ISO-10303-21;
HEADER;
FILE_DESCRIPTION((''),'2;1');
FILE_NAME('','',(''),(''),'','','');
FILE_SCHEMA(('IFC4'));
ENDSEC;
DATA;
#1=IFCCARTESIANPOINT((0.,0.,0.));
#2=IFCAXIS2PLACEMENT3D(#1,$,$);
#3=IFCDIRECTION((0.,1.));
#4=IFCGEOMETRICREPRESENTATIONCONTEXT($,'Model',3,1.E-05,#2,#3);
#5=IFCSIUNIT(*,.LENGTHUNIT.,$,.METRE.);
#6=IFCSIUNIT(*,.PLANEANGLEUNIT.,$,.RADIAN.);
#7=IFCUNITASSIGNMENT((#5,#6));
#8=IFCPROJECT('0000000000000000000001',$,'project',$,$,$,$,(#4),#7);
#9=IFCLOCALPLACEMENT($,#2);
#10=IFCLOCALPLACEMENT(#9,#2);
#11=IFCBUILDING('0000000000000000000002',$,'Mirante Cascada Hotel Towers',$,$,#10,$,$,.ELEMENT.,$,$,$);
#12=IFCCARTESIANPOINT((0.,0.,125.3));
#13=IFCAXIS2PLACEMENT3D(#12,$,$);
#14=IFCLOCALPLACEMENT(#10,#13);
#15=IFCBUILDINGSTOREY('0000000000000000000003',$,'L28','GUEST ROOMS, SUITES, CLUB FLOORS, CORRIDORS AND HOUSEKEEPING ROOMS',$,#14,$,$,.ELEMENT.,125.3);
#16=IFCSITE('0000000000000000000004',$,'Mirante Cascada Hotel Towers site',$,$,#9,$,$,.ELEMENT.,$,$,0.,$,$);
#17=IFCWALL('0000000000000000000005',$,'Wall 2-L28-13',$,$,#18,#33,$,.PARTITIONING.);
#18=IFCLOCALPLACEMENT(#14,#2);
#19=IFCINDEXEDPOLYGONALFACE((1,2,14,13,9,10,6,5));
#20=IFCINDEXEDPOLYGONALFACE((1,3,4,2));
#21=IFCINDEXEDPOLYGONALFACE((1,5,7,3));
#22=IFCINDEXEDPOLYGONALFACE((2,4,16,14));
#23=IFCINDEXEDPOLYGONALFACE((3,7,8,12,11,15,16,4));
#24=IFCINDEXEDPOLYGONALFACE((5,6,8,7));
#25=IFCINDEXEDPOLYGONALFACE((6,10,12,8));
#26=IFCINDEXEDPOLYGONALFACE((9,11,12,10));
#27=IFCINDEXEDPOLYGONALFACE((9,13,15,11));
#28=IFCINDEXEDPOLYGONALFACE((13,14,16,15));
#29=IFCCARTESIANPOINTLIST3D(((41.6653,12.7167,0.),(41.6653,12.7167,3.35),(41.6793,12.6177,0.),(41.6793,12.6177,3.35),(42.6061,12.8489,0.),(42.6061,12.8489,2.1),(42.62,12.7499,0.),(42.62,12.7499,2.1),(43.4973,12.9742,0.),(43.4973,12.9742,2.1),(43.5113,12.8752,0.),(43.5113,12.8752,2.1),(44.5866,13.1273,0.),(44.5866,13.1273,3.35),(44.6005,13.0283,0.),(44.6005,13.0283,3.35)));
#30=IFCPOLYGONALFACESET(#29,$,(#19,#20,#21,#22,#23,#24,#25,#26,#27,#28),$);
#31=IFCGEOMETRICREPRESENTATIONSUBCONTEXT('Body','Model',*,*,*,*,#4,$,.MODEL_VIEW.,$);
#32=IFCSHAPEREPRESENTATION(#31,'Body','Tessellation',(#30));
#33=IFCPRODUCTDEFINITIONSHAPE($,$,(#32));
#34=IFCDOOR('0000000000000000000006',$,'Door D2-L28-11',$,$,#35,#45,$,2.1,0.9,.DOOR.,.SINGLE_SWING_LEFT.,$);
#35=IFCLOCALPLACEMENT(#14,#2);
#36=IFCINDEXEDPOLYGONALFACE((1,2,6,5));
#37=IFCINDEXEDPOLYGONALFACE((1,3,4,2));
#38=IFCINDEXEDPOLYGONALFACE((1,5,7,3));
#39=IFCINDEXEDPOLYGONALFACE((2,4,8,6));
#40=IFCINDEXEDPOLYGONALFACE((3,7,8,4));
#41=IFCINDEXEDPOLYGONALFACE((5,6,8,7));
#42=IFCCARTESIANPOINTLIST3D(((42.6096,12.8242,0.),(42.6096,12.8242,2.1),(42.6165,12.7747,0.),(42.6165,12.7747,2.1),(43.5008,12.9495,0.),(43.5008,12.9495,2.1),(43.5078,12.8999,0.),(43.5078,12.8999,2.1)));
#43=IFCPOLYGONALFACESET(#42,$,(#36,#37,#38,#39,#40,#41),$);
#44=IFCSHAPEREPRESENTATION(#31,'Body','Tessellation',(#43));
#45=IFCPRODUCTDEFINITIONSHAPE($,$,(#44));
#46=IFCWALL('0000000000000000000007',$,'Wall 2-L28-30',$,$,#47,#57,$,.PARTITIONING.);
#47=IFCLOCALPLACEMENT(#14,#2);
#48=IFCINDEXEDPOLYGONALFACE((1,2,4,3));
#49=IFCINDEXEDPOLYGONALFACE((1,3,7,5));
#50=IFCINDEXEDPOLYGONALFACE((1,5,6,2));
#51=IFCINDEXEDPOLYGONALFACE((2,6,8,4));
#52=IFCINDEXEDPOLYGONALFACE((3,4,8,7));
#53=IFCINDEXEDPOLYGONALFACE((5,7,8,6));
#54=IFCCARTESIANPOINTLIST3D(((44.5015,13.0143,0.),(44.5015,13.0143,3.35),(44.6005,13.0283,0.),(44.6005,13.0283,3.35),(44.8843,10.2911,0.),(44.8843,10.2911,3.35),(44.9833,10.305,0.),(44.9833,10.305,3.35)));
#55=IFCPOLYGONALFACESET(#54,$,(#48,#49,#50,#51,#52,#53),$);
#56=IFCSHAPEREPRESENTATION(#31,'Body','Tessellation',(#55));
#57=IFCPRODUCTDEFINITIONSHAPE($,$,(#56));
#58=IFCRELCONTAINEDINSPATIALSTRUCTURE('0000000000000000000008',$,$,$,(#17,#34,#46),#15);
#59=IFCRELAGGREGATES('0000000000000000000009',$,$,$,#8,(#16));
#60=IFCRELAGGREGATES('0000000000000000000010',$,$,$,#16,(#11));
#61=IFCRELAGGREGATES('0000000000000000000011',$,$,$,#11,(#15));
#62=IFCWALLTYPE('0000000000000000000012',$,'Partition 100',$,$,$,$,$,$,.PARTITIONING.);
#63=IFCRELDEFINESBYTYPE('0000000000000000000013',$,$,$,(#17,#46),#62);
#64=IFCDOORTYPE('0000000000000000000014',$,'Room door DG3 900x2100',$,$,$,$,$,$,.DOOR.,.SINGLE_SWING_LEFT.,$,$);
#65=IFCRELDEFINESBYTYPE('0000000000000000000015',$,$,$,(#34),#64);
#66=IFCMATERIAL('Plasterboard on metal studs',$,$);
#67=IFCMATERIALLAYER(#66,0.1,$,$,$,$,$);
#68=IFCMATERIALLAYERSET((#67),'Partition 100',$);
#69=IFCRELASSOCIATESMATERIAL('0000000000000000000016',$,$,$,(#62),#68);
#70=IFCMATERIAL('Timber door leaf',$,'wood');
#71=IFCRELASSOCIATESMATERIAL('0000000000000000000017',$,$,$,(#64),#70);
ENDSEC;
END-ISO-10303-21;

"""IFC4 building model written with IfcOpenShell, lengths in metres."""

from ifc_helpers import new_model, si_unit, direction, frame, frame_2d, origin, place, context, subcontext, project, spatial, rectangle, extrude, material, layer, layer_set, type_object, element, fill, save


model = new_model("IFC4")

# Units and contexts
model_context = context("Model", 3, precision=1e-05, world=origin(), true_north=direction((0.0, 1.0)))
body_context = subcontext(model_context, "Body", "Model", "MODEL_VIEW")
ifc_project = project(units=[si_unit("LENGTHUNIT", "METRE"), si_unit("PLANEANGLEUNIT", "RADIAN")], contexts=[model_context])

# Site, building, storey
site_placement = place(None, origin())
site = spatial("IfcSite", under=ifc_project, at=site_placement, Name="Mirante Cascada Hotel Towers site", CompositionType="ELEMENT", RefElevation=0.0)
building_placement = place(site_placement, origin())
building = spatial("IfcBuilding", under=site, at=building_placement, Name="Mirante Cascada Hotel Towers", CompositionType="ELEMENT")
storey_placement = place(building_placement, frame((0.0, 0.0, 125.3)))
storey = spatial("IfcBuildingStorey", under=building, at=storey_placement, Name="L28", Description="GUEST ROOMS, SUITES, CLUB FLOORS, CORRIDORS AND HOUSEKEEPING ROOMS", CompositionType="ELEMENT", Elevation=125.3)

# Wall, opening, door
ifc_material_1 = material(Name="Plasterboard on metal studs")
ifc_layer_1 = layer(ifc_material_1, 0.1)
ifc_layer_set_1 = layer_set([ifc_layer_1], Name="Partition 100")
wall_type_1 = type_object("IfcWallType", Name="Partition 100", PredefinedType="PARTITIONING", material=ifc_layer_set_1)
wall_1_placement = place(storey_placement, frame((41.6723, 12.6672, 0.0), z_axis=(0.0, 0.0, 1.0), x_axis=(0.990266, 0.139186, 0.0)))
wall_1 = element("IfcWall", 1, at=wall_1_placement, inside=storey, type_object=wall_type_1, Name="Wall 2-L28-13", PredefinedType="PARTITIONING", context=body_context, shape_type="SweptSolid", body=[
    extrude(rectangle(XDim=2.95, YDim=0.1, at=frame_2d((1.475, 0.0))), origin(), (0.0, 0.0, 1.0), 3.35),
])
opening_1_placement = place(wall_1_placement, frame((0.95, 0.0, 0.0)))
opening_1 = element("IfcOpeningElement", 2, at=opening_1_placement, cuts=wall_1, PredefinedType="OPENING", context=body_context, shape_type="SweptSolid", body=[
    extrude(rectangle(XDim=0.9, YDim=2.1, at=frame_2d((0.45, 1.05))), frame((0.0, 0.05, 0.0), z_axis=(0.0, -1.0, 0.0), x_axis=(1.0, 0.0, 0.0)), (0.0, 0.0, 1.0), 0.1),
])
ifc_material_2 = material(Name="Timber door leaf", Category="wood")
door_type_1 = type_object("IfcDoorType", Name="Room door DG3 900x2100", OperationType="SINGLE_SWING_LEFT", PredefinedType="DOOR", material=ifc_material_2)
door_1_placement = place(opening_1_placement, origin())
door_1 = element("IfcDoor", 3, at=door_1_placement, inside=storey, type_object=door_type_1, Name="Door D2-L28-11", OperationType="SINGLE_SWING_LEFT", OverallHeight=2.1, OverallWidth=0.9, PredefinedType="DOOR", context=body_context, shape_type="SweptSolid", body=[
    extrude(rectangle(XDim=0.9, YDim=2.1, at=frame_2d((0.45, 1.05))), frame((0.0, 0.025, 0.0), z_axis=(0.0, -1.0, 0.0), x_axis=(1.0, 0.0, 0.0)), (0.0, 0.0, 1.0), 0.05),
])
fill(opening_1, door_1)

# Wall
wall_2_placement = place(storey_placement, frame((44.551, 13.0213, 0.0), z_axis=(0.0, 0.0, 1.0), x_axis=(0.139201, -0.990264, 0.0)))
element("IfcWall", 4, at=wall_2_placement, inside=storey, type_object=wall_type_1, Name="Wall 2-L28-30", PredefinedType="PARTITIONING", context=body_context, shape_type="SweptSolid", body=[
    extrude(rectangle(XDim=2.75, YDim=0.1, at=frame_2d((1.375, 0.0))), origin(), (0.0, 0.0, 1.0), 3.35),
])

save(model, "model.ifc")
